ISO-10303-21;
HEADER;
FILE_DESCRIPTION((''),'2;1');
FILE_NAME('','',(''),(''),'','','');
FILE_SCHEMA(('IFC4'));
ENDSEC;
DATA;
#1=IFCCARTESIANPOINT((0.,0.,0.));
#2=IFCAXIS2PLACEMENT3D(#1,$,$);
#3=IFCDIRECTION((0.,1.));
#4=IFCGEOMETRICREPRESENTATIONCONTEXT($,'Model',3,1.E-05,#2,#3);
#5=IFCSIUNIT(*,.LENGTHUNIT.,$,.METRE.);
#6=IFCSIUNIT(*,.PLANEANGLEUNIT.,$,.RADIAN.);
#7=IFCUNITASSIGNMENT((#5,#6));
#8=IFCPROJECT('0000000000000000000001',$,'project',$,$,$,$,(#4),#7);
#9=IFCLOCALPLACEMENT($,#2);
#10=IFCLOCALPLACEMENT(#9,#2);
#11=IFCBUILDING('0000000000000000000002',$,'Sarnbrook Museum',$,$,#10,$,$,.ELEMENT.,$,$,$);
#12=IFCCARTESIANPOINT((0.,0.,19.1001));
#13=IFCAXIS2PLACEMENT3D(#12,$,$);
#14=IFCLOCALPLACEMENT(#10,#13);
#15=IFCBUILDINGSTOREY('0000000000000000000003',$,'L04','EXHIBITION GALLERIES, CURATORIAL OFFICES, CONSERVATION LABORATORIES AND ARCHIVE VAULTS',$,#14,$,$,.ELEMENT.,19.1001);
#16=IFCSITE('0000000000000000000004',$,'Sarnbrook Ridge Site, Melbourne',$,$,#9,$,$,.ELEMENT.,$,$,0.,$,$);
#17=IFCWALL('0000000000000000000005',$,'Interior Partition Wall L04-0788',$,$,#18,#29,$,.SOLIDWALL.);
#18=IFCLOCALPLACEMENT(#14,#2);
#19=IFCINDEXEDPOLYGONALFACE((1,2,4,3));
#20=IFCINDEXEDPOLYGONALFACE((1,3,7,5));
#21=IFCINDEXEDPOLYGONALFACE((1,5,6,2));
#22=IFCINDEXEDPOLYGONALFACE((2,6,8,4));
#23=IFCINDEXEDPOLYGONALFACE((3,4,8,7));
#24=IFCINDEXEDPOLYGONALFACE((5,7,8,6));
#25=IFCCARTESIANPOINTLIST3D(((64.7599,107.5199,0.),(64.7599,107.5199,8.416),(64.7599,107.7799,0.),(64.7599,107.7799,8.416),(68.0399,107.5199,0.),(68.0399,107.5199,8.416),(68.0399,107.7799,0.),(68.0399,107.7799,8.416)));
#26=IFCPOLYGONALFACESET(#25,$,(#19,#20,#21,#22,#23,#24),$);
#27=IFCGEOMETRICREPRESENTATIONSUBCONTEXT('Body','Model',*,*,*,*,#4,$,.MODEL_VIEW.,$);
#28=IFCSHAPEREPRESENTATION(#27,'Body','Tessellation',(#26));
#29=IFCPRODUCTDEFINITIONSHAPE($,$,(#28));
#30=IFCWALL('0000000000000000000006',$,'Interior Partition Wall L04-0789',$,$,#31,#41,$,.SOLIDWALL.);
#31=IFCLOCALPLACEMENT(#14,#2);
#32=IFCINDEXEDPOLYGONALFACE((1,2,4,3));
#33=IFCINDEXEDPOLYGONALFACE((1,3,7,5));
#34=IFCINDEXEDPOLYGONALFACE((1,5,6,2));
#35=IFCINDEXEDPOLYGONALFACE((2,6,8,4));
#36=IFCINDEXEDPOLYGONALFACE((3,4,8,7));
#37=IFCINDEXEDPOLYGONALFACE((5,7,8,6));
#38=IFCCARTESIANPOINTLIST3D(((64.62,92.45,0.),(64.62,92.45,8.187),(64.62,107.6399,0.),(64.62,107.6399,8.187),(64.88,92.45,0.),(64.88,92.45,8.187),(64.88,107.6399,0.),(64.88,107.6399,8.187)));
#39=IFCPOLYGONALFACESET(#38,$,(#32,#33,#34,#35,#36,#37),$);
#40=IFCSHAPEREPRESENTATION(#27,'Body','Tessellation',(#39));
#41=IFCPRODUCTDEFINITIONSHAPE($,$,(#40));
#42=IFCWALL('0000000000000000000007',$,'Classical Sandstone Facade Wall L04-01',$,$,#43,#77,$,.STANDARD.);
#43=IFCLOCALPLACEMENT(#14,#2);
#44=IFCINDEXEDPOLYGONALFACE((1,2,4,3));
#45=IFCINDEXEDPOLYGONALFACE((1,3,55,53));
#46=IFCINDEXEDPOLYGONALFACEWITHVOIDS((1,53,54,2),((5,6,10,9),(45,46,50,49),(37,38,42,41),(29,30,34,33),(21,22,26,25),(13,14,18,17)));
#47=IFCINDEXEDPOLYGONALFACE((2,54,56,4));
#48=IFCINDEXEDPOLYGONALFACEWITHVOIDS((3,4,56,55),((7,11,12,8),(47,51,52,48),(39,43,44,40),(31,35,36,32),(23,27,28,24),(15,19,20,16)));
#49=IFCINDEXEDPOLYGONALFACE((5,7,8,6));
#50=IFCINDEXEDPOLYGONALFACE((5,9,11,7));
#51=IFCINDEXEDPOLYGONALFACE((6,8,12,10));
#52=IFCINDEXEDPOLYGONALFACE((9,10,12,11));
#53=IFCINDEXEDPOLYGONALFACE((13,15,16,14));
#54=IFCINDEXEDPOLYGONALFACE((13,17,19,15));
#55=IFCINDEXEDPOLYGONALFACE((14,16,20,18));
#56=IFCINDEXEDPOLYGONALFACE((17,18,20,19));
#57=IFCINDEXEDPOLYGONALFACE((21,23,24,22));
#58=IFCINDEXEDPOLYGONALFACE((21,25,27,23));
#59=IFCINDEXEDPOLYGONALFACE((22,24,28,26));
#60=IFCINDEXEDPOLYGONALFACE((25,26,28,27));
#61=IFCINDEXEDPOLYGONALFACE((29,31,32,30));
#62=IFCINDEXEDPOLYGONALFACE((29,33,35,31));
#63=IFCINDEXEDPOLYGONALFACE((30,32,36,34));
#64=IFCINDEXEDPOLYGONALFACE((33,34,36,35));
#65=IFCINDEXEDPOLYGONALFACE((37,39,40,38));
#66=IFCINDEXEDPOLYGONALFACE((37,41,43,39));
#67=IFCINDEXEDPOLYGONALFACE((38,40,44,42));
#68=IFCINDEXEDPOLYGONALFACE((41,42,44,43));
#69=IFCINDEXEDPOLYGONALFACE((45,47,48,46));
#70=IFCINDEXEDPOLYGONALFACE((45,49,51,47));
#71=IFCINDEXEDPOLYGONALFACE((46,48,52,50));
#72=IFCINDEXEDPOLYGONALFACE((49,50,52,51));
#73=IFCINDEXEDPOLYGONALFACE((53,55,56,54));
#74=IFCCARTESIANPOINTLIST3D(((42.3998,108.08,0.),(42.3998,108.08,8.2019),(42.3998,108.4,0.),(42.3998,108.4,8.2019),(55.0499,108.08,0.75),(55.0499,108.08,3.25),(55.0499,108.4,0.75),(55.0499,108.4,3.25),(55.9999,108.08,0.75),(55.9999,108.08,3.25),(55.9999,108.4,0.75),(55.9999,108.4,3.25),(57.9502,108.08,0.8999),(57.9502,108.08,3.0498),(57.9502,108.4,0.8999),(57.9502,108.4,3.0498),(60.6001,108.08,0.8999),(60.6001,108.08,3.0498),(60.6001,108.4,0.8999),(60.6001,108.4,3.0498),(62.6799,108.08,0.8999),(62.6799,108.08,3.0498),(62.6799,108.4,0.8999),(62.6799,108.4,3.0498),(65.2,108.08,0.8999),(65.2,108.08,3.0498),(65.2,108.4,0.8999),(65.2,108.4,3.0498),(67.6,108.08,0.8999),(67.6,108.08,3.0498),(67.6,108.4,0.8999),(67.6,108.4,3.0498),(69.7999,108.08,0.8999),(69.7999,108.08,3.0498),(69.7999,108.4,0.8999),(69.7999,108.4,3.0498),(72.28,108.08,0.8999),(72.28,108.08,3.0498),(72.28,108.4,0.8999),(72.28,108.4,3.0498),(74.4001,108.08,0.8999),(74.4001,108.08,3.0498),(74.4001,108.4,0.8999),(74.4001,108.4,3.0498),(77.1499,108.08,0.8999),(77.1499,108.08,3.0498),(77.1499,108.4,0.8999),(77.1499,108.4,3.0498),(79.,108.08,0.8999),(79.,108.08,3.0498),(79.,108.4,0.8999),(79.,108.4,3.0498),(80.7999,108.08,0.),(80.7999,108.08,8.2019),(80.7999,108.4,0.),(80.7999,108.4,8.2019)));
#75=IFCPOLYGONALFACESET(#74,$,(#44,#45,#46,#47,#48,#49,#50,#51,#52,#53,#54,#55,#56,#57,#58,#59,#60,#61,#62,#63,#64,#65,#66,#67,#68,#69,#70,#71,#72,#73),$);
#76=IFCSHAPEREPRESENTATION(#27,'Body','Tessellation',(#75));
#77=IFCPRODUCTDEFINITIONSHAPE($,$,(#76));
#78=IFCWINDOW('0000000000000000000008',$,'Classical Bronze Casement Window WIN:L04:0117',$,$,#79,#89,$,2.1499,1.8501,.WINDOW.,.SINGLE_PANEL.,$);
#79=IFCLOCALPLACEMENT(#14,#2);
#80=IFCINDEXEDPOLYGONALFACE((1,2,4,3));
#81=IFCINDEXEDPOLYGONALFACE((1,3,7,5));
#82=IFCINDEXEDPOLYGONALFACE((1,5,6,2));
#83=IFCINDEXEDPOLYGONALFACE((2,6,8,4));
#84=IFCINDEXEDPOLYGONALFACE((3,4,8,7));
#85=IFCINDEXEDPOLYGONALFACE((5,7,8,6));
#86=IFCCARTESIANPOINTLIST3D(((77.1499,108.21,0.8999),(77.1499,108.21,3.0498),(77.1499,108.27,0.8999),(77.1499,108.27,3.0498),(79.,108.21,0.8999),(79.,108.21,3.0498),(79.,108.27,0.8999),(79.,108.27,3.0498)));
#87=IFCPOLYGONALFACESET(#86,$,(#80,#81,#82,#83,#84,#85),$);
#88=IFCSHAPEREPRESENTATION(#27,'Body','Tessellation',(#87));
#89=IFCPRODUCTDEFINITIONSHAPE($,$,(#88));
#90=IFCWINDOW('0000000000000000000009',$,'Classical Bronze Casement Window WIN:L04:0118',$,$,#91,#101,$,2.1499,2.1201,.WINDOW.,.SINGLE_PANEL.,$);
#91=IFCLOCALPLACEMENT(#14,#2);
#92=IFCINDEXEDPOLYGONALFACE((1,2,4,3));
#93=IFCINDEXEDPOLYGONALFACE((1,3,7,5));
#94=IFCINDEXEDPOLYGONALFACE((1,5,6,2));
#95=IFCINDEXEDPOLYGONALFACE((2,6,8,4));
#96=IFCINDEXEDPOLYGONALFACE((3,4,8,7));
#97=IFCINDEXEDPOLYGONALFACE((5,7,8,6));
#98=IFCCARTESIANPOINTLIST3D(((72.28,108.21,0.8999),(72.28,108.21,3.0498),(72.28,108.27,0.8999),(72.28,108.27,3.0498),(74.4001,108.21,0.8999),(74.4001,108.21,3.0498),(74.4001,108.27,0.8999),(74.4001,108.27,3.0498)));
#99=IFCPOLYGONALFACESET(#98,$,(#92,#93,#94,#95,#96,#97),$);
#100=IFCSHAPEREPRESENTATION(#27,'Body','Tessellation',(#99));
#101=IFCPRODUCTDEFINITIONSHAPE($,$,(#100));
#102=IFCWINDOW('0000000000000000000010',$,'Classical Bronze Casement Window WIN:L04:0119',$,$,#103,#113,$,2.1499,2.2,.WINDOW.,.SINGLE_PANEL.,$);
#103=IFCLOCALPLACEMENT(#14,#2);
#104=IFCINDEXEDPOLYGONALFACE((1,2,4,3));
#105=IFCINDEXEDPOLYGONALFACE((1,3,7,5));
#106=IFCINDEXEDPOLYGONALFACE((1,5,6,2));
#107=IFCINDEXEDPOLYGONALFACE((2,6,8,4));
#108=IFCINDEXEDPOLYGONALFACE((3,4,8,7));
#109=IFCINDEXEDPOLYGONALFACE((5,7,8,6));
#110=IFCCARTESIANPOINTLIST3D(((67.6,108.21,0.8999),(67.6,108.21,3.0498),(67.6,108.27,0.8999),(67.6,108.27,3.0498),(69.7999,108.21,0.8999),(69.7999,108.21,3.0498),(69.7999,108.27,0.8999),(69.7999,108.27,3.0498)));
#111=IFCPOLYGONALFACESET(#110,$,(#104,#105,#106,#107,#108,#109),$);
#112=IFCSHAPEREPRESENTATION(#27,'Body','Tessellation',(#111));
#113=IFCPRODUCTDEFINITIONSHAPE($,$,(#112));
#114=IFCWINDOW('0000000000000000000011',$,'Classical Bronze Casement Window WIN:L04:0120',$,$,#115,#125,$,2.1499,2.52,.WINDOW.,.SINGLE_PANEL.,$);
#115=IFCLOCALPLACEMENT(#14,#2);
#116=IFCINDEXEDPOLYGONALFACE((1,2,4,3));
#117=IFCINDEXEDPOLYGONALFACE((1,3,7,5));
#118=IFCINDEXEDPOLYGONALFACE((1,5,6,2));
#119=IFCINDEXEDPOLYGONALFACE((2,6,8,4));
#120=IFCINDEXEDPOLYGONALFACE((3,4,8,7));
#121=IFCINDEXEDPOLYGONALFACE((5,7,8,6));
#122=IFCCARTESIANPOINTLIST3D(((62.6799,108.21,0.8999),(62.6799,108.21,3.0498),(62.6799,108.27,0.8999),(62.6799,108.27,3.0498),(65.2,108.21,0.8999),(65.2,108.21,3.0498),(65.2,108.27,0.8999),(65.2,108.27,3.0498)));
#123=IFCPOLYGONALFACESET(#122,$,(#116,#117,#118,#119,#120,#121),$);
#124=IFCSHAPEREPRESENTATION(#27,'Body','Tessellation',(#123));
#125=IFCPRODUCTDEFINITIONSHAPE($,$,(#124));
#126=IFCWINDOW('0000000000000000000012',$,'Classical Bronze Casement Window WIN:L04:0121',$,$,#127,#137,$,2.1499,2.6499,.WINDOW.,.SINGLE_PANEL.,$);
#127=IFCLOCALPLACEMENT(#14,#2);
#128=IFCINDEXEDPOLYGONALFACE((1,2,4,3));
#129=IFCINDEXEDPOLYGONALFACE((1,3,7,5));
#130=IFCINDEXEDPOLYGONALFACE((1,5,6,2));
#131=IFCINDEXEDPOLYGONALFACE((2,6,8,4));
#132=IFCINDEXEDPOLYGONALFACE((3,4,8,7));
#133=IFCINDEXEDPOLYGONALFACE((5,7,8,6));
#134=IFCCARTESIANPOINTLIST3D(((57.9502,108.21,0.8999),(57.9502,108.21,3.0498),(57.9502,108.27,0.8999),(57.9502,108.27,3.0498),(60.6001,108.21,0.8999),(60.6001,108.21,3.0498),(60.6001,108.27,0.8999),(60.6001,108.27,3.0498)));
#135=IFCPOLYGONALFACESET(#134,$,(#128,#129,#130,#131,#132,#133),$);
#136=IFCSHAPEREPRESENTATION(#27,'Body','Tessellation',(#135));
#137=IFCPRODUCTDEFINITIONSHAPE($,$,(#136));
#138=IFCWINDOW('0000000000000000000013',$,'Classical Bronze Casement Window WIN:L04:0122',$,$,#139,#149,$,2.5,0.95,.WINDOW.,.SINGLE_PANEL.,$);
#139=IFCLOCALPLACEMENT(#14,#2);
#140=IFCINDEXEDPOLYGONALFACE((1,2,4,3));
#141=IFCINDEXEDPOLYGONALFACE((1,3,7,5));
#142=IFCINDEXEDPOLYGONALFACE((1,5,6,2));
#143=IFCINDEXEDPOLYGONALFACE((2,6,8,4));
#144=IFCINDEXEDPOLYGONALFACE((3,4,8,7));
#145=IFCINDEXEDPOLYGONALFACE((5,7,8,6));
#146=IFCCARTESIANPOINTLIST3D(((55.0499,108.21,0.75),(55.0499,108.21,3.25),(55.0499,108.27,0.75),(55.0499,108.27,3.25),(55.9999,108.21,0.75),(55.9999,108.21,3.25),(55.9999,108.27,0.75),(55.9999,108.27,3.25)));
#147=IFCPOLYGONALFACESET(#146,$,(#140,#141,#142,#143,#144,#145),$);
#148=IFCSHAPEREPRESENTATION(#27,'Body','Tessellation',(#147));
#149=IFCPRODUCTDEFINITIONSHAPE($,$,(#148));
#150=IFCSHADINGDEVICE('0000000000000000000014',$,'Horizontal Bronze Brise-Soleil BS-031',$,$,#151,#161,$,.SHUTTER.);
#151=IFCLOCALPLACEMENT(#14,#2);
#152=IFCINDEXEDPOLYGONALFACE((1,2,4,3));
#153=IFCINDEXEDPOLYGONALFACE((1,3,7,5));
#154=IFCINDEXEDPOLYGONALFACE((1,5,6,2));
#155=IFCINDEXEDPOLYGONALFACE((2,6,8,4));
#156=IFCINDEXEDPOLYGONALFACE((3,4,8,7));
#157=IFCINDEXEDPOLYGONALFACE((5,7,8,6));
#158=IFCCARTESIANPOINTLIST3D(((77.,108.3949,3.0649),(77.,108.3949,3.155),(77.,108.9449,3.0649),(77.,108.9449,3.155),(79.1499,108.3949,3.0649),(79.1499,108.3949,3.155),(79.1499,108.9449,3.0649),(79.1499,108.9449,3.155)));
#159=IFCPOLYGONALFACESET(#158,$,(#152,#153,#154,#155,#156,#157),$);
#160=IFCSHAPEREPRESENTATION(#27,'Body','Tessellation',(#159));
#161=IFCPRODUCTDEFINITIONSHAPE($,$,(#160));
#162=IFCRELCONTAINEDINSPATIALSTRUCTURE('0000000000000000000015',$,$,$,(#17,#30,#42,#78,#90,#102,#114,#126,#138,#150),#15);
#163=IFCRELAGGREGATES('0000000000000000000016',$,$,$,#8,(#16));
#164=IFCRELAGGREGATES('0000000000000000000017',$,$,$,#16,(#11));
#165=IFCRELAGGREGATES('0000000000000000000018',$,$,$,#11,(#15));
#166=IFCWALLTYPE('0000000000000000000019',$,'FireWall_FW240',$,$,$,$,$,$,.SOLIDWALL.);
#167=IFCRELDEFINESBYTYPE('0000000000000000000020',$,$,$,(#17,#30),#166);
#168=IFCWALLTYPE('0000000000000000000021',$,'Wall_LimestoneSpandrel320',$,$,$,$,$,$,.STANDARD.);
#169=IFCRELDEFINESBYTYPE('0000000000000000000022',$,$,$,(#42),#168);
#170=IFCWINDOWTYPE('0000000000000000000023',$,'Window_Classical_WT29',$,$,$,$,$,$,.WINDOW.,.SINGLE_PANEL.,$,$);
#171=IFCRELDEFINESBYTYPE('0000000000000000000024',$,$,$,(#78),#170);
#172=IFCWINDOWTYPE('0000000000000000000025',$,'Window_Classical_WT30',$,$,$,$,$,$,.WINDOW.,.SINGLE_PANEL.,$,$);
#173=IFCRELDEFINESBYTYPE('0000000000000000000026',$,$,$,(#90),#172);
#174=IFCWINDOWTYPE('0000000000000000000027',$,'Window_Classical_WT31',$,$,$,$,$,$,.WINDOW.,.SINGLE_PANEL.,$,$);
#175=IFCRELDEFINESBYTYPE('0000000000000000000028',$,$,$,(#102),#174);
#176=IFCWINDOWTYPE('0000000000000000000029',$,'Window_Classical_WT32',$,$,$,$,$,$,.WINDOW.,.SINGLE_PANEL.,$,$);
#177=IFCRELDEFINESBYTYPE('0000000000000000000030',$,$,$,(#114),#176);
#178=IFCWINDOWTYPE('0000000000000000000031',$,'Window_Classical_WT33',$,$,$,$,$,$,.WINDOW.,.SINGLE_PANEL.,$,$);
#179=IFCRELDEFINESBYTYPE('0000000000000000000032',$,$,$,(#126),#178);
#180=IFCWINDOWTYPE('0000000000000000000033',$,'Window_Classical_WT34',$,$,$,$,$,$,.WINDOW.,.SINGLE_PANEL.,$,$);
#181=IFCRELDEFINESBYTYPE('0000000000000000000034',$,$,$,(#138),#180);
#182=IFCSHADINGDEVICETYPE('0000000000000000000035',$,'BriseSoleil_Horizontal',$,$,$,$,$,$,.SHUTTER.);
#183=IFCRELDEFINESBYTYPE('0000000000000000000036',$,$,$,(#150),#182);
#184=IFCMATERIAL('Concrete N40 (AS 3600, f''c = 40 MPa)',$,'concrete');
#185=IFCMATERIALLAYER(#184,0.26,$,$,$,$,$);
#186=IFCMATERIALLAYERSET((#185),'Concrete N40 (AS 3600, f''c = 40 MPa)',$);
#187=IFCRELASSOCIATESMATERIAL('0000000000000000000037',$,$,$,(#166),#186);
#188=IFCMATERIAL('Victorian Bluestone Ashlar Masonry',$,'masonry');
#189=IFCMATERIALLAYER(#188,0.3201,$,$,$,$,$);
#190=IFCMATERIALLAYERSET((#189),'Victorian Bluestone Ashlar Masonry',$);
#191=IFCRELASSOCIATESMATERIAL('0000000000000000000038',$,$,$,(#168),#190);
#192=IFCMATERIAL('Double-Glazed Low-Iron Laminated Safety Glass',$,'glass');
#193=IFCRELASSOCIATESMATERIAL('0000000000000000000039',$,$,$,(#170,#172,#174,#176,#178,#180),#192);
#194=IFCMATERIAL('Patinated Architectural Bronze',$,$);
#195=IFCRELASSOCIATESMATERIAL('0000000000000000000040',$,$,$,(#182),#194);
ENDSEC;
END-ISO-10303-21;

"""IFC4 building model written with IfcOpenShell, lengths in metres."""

from ifc_helpers import new_model, si_unit, direction, frame, frame_2d, origin, origin_2d, place, context, subcontext, project, spatial, rectangle, extrude, material, layer, layer_set, type_object, element, fill, save


model = new_model("IFC4")

# Units and contexts
model_context = context("Model", 3, precision=1e-05, world=origin(), true_north=direction((0.0, 1.0)))
body_context = subcontext(model_context, "Body", "Model", "MODEL_VIEW")
ifc_project = project(units=[si_unit("LENGTHUNIT", "METRE"), si_unit("PLANEANGLEUNIT", "RADIAN")], contexts=[model_context])

# Site, building, storey
site_placement = place(None, origin())
site = spatial("IfcSite", under=ifc_project, at=site_placement, Name="Sarnbrook Ridge Site, Melbourne", CompositionType="ELEMENT", RefElevation=0.0)
building_placement = place(site_placement, origin())
building = spatial("IfcBuilding", under=site, at=building_placement, Name="Sarnbrook Museum", CompositionType="ELEMENT")
storey_placement = place(building_placement, frame((0.0, 0.0, 19.1001)))
storey = spatial("IfcBuildingStorey", under=building, at=storey_placement, Name="L04", Description="EXHIBITION GALLERIES, CURATORIAL OFFICES, CONSERVATION LABORATORIES AND ARCHIVE VAULTS", CompositionType="ELEMENT", Elevation=19.1001)

# Walls
ifc_material_1 = material(Name="Concrete N40 (AS 3600, f'c = 40 MPa)", Category="concrete")
ifc_layer_1 = layer(ifc_material_1, 0.26)
ifc_layer_set_1 = layer_set([ifc_layer_1], Name="Concrete N40 (AS 3600, f'c = 40 MPa)")
wall_type_1 = type_object("IfcWallType", Name="FireWall_FW240", PredefinedType="SOLIDWALL", material=ifc_layer_set_1)
wall_1_placement = place(storey_placement, frame((68.04, 107.6499, 0.0), z_axis=(0.0, 0.0, 1.0), x_axis=(-1.0, 0.0, 0.0)))
element("IfcWall", 1, at=wall_1_placement, inside=storey, type_object=wall_type_1, Name="Interior Partition Wall L04-0788", PredefinedType="SOLIDWALL", context=body_context, shape_type="SweptSolid", body=[
    extrude(rectangle(XDim=3.28, YDim=0.26, at=frame_2d((1.6401, 0.0))), origin(), (0.0, 0.0, 1.0), 8.416),
])
wall_2_placement = place(storey_placement, frame((64.75, 107.6399, 0.0), z_axis=(0.0, 0.0, 1.0), x_axis=(0.0, -1.0, 0.0)))
element("IfcWall", 2, at=wall_2_placement, inside=storey, type_object=wall_type_1, Name="Interior Partition Wall L04-0789", PredefinedType="SOLIDWALL", context=body_context, shape_type="SweptSolid", body=[
    extrude(rectangle(XDim=15.1899, YDim=0.26, at=frame_2d((7.595, 0.0))), origin(), (0.0, 0.0, 1.0), 8.187),
])

# Wall, openings, windows
ifc_material_2 = material(Name="Victorian Bluestone Ashlar Masonry", Category="masonry")
ifc_layer_2 = layer(ifc_material_2, 0.3201)
ifc_layer_set_2 = layer_set([ifc_layer_2], Name="Victorian Bluestone Ashlar Masonry")
wall_type_2 = type_object("IfcWallType", Name="Wall_LimestoneSpandrel320", PredefinedType="STANDARD", material=ifc_layer_set_2)
wall_3_placement = place(storey_placement, frame((80.8, 108.24, 0.0), z_axis=(0.0, 0.0, 1.0), x_axis=(-1.0, 0.0, 0.0)))
wall_3 = element("IfcWall", 3, at=wall_3_placement, inside=storey, type_object=wall_type_2, Name="Classical Sandstone Facade Wall L04-01", PredefinedType="STANDARD", context=body_context, shape_type="SweptSolid", body=[
    extrude(rectangle(XDim=38.4001, YDim=0.3201, at=frame_2d((19.2002, 0.0))), origin(), (0.0, 0.0, 1.0), 8.2019),
])
opening_1_placement = place(wall_3_placement, frame((1.8, 0.0, 0.8999)))
opening_1 = element("IfcOpeningElement", 4, at=opening_1_placement, cuts=wall_3, PredefinedType="OPENING", context=body_context, shape_type="SweptSolid", body=[
    extrude(rectangle(XDim=1.8501, YDim=2.1499, at=frame_2d((0.925, 1.075))), frame((0.0, 0.1699, 0.0), z_axis=(0.0, -1.0, 0.0), x_axis=(1.0, 0.0, 0.0)), (0.0, 0.0, 1.0), 0.3401),
])
opening_2_placement = place(wall_3_placement, frame((6.3999, 0.0, 0.8999)))
opening_2 = element("IfcOpeningElement", 5, at=opening_2_placement, cuts=wall_3, PredefinedType="OPENING", context=body_context, shape_type="SweptSolid", body=[
    extrude(rectangle(XDim=2.1201, YDim=2.1499, at=frame_2d((1.0601, 1.075))), frame((0.0, 0.1699, 0.0), z_axis=(0.0, -1.0, 0.0), x_axis=(1.0, 0.0, 0.0)), (0.0, 0.0, 1.0), 0.3401),
])
opening_3_placement = place(wall_3_placement, frame((11.0, 0.0, 0.8999)))
opening_3 = element("IfcOpeningElement", 6, at=opening_3_placement, cuts=wall_3, PredefinedType="OPENING", context=body_context, shape_type="SweptSolid", body=[
    extrude(rectangle(XDim=2.2, YDim=2.1499, at=frame_2d((1.1001, 1.075))), frame((0.0, 0.1699, 0.0), z_axis=(0.0, -1.0, 0.0), x_axis=(1.0, 0.0, 0.0)), (0.0, 0.0, 1.0), 0.3401),
])
opening_4_placement = place(wall_3_placement, frame((15.6001, 0.0, 0.8999)))
opening_4 = element("IfcOpeningElement", 7, at=opening_4_placement, cuts=wall_3, PredefinedType="OPENING", context=body_context, shape_type="SweptSolid", body=[
    extrude(rectangle(XDim=2.52, YDim=2.1499, at=frame_2d((1.26, 1.075))), frame((0.0, 0.1699, 0.0), z_axis=(0.0, -1.0, 0.0), x_axis=(1.0, 0.0, 0.0)), (0.0, 0.0, 1.0), 0.3401),
])
opening_5_placement = place(wall_3_placement, frame((20.2, 0.0, 0.8999)))
opening_5 = element("IfcOpeningElement", 8, at=opening_5_placement, cuts=wall_3, PredefinedType="OPENING", context=body_context, shape_type="SweptSolid", body=[
    extrude(rectangle(XDim=2.6499, YDim=2.1499, at=frame_2d((1.325, 1.075))), frame((0.0, 0.1699, 0.0), z_axis=(0.0, -1.0, 0.0), x_axis=(1.0, 0.0, 0.0)), (0.0, 0.0, 1.0), 0.3401),
])
opening_6_placement = place(wall_3_placement, frame((24.8, 0.0, 0.75)))
opening_6 = element("IfcOpeningElement", 9, at=opening_6_placement, cuts=wall_3, PredefinedType="OPENING", context=body_context, shape_type="SweptSolid", body=[
    extrude(rectangle(XDim=0.95, YDim=2.5, at=frame_2d((0.4751, 1.25))), frame((0.0, 0.1699, 0.0), z_axis=(0.0, -1.0, 0.0), x_axis=(1.0, 0.0, 0.0)), (0.0, 0.0, 1.0), 0.3401),
])
ifc_material_3 = material(Name="Double-Glazed Low-Iron Laminated Safety Glass", Category="glass")
window_type_1 = type_object("IfcWindowType", Name="Window_Classical_WT29", PartitioningType="SINGLE_PANEL", PredefinedType="WINDOW", material=ifc_material_3)
window_1_placement = place(opening_1_placement, origin())
window_1 = element("IfcWindow", 10, at=window_1_placement, inside=storey, type_object=window_type_1, Name="Classical Bronze Casement Window WIN:L04:0117", OverallHeight=2.1499, OverallWidth=1.8501, PartitioningType="SINGLE_PANEL", PredefinedType="WINDOW", context=body_context, shape_type="SweptSolid", body=[
    extrude(rectangle(XDim=1.8501, YDim=2.1499, at=frame_2d((0.925, 1.075))), frame((0.0, 0.03, 0.0), z_axis=(0.0, -1.0, 0.0), x_axis=(1.0, 0.0, 0.0)), (0.0, 0.0, 1.0), 0.0601),
])
fill(opening_1, window_1)
window_type_2 = type_object("IfcWindowType", Name="Window_Classical_WT30", PartitioningType="SINGLE_PANEL", PredefinedType="WINDOW", material=ifc_material_3)
window_2_placement = place(opening_2_placement, origin())
window_2 = element("IfcWindow", 11, at=window_2_placement, inside=storey, type_object=window_type_2, Name="Classical Bronze Casement Window WIN:L04:0118", OverallHeight=2.1499, OverallWidth=2.1201, PartitioningType="SINGLE_PANEL", PredefinedType="WINDOW", context=body_context, shape_type="SweptSolid", body=[
    extrude(rectangle(XDim=2.1201, YDim=2.1499, at=frame_2d((1.0601, 1.075))), frame((0.0, 0.03, 0.0), z_axis=(0.0, -1.0, 0.0), x_axis=(1.0, 0.0, 0.0)), (0.0, 0.0, 1.0), 0.0601),
])
fill(opening_2, window_2)
window_type_3 = type_object("IfcWindowType", Name="Window_Classical_WT31", PartitioningType="SINGLE_PANEL", PredefinedType="WINDOW", material=ifc_material_3)
window_3_placement = place(opening_3_placement, origin())
window_3 = element("IfcWindow", 12, at=window_3_placement, inside=storey, type_object=window_type_3, Name="Classical Bronze Casement Window WIN:L04:0119", OverallHeight=2.1499, OverallWidth=2.2, PartitioningType="SINGLE_PANEL", PredefinedType="WINDOW", context=body_context, shape_type="SweptSolid", body=[
    extrude(rectangle(XDim=2.2, YDim=2.1499, at=frame_2d((1.1001, 1.075))), frame((0.0, 0.03, 0.0), z_axis=(0.0, -1.0, 0.0), x_axis=(1.0, 0.0, 0.0)), (0.0, 0.0, 1.0), 0.0601),
])
fill(opening_3, window_3)
window_type_4 = type_object("IfcWindowType", Name="Window_Classical_WT32", PartitioningType="SINGLE_PANEL", PredefinedType="WINDOW", material=ifc_material_3)
window_4_placement = place(opening_4_placement, origin())
window_4 = element("IfcWindow", 13, at=window_4_placement, inside=storey, type_object=window_type_4, Name="Classical Bronze Casement Window WIN:L04:0120", OverallHeight=2.1499, OverallWidth=2.52, PartitioningType="SINGLE_PANEL", PredefinedType="WINDOW", context=body_context, shape_type="SweptSolid", body=[
    extrude(rectangle(XDim=2.52, YDim=2.1499, at=frame_2d((1.26, 1.075))), frame((0.0, 0.03, 0.0), z_axis=(0.0, -1.0, 0.0), x_axis=(1.0, 0.0, 0.0)), (0.0, 0.0, 1.0), 0.0601),
])
fill(opening_4, window_4)
window_type_5 = type_object("IfcWindowType", Name="Window_Classical_WT33", PartitioningType="SINGLE_PANEL", PredefinedType="WINDOW", material=ifc_material_3)
window_5_placement = place(opening_5_placement, origin())
window_5 = element("IfcWindow", 14, at=window_5_placement, inside=storey, type_object=window_type_5, Name="Classical Bronze Casement Window WIN:L04:0121", OverallHeight=2.1499, OverallWidth=2.6499, PartitioningType="SINGLE_PANEL", PredefinedType="WINDOW", context=body_context, shape_type="SweptSolid", body=[
    extrude(rectangle(XDim=2.6499, YDim=2.1499, at=frame_2d((1.325, 1.075))), frame((0.0, 0.03, 0.0), z_axis=(0.0, -1.0, 0.0), x_axis=(1.0, 0.0, 0.0)), (0.0, 0.0, 1.0), 0.0601),
])
fill(opening_5, window_5)
window_type_6 = type_object("IfcWindowType", Name="Window_Classical_WT34", PartitioningType="SINGLE_PANEL", PredefinedType="WINDOW", material=ifc_material_3)
window_6_placement = place(opening_6_placement, origin())
window_6 = element("IfcWindow", 15, at=window_6_placement, inside=storey, type_object=window_type_6, Name="Classical Bronze Casement Window WIN:L04:0122", OverallHeight=2.5, OverallWidth=0.95, PartitioningType="SINGLE_PANEL", PredefinedType="WINDOW", context=body_context, shape_type="SweptSolid", body=[
    extrude(rectangle(XDim=0.95, YDim=2.5, at=frame_2d((0.4751, 1.25))), frame((0.0, 0.03, 0.0), z_axis=(0.0, -1.0, 0.0), x_axis=(1.0, 0.0, 0.0)), (0.0, 0.0, 1.0), 0.0601),
])
fill(opening_6, window_6)

# Shading device
ifc_material_4 = material(Name="Patinated Architectural Bronze")
shading_device_type = type_object("IfcShadingDeviceType", Name="BriseSoleil_Horizontal", PredefinedType="SHUTTER", material=ifc_material_4)
shading_device_placement = place(storey_placement, frame((78.075, 108.6699, 3.0649), z_axis=(0.0, 0.0, 1.0), x_axis=(1.0, 0.0, 0.0)))
element("IfcShadingDevice", 16, at=shading_device_placement, inside=storey, type_object=shading_device_type, Name="Horizontal Bronze Brise-Soleil BS-031", PredefinedType="SHUTTER", context=body_context, shape_type="SweptSolid", body=[
    extrude(rectangle(XDim=2.1499, YDim=0.55, at=origin_2d()), origin(), (0.0, 0.0, 1.0), 0.0901),
])

save(model, "model.ifc")
